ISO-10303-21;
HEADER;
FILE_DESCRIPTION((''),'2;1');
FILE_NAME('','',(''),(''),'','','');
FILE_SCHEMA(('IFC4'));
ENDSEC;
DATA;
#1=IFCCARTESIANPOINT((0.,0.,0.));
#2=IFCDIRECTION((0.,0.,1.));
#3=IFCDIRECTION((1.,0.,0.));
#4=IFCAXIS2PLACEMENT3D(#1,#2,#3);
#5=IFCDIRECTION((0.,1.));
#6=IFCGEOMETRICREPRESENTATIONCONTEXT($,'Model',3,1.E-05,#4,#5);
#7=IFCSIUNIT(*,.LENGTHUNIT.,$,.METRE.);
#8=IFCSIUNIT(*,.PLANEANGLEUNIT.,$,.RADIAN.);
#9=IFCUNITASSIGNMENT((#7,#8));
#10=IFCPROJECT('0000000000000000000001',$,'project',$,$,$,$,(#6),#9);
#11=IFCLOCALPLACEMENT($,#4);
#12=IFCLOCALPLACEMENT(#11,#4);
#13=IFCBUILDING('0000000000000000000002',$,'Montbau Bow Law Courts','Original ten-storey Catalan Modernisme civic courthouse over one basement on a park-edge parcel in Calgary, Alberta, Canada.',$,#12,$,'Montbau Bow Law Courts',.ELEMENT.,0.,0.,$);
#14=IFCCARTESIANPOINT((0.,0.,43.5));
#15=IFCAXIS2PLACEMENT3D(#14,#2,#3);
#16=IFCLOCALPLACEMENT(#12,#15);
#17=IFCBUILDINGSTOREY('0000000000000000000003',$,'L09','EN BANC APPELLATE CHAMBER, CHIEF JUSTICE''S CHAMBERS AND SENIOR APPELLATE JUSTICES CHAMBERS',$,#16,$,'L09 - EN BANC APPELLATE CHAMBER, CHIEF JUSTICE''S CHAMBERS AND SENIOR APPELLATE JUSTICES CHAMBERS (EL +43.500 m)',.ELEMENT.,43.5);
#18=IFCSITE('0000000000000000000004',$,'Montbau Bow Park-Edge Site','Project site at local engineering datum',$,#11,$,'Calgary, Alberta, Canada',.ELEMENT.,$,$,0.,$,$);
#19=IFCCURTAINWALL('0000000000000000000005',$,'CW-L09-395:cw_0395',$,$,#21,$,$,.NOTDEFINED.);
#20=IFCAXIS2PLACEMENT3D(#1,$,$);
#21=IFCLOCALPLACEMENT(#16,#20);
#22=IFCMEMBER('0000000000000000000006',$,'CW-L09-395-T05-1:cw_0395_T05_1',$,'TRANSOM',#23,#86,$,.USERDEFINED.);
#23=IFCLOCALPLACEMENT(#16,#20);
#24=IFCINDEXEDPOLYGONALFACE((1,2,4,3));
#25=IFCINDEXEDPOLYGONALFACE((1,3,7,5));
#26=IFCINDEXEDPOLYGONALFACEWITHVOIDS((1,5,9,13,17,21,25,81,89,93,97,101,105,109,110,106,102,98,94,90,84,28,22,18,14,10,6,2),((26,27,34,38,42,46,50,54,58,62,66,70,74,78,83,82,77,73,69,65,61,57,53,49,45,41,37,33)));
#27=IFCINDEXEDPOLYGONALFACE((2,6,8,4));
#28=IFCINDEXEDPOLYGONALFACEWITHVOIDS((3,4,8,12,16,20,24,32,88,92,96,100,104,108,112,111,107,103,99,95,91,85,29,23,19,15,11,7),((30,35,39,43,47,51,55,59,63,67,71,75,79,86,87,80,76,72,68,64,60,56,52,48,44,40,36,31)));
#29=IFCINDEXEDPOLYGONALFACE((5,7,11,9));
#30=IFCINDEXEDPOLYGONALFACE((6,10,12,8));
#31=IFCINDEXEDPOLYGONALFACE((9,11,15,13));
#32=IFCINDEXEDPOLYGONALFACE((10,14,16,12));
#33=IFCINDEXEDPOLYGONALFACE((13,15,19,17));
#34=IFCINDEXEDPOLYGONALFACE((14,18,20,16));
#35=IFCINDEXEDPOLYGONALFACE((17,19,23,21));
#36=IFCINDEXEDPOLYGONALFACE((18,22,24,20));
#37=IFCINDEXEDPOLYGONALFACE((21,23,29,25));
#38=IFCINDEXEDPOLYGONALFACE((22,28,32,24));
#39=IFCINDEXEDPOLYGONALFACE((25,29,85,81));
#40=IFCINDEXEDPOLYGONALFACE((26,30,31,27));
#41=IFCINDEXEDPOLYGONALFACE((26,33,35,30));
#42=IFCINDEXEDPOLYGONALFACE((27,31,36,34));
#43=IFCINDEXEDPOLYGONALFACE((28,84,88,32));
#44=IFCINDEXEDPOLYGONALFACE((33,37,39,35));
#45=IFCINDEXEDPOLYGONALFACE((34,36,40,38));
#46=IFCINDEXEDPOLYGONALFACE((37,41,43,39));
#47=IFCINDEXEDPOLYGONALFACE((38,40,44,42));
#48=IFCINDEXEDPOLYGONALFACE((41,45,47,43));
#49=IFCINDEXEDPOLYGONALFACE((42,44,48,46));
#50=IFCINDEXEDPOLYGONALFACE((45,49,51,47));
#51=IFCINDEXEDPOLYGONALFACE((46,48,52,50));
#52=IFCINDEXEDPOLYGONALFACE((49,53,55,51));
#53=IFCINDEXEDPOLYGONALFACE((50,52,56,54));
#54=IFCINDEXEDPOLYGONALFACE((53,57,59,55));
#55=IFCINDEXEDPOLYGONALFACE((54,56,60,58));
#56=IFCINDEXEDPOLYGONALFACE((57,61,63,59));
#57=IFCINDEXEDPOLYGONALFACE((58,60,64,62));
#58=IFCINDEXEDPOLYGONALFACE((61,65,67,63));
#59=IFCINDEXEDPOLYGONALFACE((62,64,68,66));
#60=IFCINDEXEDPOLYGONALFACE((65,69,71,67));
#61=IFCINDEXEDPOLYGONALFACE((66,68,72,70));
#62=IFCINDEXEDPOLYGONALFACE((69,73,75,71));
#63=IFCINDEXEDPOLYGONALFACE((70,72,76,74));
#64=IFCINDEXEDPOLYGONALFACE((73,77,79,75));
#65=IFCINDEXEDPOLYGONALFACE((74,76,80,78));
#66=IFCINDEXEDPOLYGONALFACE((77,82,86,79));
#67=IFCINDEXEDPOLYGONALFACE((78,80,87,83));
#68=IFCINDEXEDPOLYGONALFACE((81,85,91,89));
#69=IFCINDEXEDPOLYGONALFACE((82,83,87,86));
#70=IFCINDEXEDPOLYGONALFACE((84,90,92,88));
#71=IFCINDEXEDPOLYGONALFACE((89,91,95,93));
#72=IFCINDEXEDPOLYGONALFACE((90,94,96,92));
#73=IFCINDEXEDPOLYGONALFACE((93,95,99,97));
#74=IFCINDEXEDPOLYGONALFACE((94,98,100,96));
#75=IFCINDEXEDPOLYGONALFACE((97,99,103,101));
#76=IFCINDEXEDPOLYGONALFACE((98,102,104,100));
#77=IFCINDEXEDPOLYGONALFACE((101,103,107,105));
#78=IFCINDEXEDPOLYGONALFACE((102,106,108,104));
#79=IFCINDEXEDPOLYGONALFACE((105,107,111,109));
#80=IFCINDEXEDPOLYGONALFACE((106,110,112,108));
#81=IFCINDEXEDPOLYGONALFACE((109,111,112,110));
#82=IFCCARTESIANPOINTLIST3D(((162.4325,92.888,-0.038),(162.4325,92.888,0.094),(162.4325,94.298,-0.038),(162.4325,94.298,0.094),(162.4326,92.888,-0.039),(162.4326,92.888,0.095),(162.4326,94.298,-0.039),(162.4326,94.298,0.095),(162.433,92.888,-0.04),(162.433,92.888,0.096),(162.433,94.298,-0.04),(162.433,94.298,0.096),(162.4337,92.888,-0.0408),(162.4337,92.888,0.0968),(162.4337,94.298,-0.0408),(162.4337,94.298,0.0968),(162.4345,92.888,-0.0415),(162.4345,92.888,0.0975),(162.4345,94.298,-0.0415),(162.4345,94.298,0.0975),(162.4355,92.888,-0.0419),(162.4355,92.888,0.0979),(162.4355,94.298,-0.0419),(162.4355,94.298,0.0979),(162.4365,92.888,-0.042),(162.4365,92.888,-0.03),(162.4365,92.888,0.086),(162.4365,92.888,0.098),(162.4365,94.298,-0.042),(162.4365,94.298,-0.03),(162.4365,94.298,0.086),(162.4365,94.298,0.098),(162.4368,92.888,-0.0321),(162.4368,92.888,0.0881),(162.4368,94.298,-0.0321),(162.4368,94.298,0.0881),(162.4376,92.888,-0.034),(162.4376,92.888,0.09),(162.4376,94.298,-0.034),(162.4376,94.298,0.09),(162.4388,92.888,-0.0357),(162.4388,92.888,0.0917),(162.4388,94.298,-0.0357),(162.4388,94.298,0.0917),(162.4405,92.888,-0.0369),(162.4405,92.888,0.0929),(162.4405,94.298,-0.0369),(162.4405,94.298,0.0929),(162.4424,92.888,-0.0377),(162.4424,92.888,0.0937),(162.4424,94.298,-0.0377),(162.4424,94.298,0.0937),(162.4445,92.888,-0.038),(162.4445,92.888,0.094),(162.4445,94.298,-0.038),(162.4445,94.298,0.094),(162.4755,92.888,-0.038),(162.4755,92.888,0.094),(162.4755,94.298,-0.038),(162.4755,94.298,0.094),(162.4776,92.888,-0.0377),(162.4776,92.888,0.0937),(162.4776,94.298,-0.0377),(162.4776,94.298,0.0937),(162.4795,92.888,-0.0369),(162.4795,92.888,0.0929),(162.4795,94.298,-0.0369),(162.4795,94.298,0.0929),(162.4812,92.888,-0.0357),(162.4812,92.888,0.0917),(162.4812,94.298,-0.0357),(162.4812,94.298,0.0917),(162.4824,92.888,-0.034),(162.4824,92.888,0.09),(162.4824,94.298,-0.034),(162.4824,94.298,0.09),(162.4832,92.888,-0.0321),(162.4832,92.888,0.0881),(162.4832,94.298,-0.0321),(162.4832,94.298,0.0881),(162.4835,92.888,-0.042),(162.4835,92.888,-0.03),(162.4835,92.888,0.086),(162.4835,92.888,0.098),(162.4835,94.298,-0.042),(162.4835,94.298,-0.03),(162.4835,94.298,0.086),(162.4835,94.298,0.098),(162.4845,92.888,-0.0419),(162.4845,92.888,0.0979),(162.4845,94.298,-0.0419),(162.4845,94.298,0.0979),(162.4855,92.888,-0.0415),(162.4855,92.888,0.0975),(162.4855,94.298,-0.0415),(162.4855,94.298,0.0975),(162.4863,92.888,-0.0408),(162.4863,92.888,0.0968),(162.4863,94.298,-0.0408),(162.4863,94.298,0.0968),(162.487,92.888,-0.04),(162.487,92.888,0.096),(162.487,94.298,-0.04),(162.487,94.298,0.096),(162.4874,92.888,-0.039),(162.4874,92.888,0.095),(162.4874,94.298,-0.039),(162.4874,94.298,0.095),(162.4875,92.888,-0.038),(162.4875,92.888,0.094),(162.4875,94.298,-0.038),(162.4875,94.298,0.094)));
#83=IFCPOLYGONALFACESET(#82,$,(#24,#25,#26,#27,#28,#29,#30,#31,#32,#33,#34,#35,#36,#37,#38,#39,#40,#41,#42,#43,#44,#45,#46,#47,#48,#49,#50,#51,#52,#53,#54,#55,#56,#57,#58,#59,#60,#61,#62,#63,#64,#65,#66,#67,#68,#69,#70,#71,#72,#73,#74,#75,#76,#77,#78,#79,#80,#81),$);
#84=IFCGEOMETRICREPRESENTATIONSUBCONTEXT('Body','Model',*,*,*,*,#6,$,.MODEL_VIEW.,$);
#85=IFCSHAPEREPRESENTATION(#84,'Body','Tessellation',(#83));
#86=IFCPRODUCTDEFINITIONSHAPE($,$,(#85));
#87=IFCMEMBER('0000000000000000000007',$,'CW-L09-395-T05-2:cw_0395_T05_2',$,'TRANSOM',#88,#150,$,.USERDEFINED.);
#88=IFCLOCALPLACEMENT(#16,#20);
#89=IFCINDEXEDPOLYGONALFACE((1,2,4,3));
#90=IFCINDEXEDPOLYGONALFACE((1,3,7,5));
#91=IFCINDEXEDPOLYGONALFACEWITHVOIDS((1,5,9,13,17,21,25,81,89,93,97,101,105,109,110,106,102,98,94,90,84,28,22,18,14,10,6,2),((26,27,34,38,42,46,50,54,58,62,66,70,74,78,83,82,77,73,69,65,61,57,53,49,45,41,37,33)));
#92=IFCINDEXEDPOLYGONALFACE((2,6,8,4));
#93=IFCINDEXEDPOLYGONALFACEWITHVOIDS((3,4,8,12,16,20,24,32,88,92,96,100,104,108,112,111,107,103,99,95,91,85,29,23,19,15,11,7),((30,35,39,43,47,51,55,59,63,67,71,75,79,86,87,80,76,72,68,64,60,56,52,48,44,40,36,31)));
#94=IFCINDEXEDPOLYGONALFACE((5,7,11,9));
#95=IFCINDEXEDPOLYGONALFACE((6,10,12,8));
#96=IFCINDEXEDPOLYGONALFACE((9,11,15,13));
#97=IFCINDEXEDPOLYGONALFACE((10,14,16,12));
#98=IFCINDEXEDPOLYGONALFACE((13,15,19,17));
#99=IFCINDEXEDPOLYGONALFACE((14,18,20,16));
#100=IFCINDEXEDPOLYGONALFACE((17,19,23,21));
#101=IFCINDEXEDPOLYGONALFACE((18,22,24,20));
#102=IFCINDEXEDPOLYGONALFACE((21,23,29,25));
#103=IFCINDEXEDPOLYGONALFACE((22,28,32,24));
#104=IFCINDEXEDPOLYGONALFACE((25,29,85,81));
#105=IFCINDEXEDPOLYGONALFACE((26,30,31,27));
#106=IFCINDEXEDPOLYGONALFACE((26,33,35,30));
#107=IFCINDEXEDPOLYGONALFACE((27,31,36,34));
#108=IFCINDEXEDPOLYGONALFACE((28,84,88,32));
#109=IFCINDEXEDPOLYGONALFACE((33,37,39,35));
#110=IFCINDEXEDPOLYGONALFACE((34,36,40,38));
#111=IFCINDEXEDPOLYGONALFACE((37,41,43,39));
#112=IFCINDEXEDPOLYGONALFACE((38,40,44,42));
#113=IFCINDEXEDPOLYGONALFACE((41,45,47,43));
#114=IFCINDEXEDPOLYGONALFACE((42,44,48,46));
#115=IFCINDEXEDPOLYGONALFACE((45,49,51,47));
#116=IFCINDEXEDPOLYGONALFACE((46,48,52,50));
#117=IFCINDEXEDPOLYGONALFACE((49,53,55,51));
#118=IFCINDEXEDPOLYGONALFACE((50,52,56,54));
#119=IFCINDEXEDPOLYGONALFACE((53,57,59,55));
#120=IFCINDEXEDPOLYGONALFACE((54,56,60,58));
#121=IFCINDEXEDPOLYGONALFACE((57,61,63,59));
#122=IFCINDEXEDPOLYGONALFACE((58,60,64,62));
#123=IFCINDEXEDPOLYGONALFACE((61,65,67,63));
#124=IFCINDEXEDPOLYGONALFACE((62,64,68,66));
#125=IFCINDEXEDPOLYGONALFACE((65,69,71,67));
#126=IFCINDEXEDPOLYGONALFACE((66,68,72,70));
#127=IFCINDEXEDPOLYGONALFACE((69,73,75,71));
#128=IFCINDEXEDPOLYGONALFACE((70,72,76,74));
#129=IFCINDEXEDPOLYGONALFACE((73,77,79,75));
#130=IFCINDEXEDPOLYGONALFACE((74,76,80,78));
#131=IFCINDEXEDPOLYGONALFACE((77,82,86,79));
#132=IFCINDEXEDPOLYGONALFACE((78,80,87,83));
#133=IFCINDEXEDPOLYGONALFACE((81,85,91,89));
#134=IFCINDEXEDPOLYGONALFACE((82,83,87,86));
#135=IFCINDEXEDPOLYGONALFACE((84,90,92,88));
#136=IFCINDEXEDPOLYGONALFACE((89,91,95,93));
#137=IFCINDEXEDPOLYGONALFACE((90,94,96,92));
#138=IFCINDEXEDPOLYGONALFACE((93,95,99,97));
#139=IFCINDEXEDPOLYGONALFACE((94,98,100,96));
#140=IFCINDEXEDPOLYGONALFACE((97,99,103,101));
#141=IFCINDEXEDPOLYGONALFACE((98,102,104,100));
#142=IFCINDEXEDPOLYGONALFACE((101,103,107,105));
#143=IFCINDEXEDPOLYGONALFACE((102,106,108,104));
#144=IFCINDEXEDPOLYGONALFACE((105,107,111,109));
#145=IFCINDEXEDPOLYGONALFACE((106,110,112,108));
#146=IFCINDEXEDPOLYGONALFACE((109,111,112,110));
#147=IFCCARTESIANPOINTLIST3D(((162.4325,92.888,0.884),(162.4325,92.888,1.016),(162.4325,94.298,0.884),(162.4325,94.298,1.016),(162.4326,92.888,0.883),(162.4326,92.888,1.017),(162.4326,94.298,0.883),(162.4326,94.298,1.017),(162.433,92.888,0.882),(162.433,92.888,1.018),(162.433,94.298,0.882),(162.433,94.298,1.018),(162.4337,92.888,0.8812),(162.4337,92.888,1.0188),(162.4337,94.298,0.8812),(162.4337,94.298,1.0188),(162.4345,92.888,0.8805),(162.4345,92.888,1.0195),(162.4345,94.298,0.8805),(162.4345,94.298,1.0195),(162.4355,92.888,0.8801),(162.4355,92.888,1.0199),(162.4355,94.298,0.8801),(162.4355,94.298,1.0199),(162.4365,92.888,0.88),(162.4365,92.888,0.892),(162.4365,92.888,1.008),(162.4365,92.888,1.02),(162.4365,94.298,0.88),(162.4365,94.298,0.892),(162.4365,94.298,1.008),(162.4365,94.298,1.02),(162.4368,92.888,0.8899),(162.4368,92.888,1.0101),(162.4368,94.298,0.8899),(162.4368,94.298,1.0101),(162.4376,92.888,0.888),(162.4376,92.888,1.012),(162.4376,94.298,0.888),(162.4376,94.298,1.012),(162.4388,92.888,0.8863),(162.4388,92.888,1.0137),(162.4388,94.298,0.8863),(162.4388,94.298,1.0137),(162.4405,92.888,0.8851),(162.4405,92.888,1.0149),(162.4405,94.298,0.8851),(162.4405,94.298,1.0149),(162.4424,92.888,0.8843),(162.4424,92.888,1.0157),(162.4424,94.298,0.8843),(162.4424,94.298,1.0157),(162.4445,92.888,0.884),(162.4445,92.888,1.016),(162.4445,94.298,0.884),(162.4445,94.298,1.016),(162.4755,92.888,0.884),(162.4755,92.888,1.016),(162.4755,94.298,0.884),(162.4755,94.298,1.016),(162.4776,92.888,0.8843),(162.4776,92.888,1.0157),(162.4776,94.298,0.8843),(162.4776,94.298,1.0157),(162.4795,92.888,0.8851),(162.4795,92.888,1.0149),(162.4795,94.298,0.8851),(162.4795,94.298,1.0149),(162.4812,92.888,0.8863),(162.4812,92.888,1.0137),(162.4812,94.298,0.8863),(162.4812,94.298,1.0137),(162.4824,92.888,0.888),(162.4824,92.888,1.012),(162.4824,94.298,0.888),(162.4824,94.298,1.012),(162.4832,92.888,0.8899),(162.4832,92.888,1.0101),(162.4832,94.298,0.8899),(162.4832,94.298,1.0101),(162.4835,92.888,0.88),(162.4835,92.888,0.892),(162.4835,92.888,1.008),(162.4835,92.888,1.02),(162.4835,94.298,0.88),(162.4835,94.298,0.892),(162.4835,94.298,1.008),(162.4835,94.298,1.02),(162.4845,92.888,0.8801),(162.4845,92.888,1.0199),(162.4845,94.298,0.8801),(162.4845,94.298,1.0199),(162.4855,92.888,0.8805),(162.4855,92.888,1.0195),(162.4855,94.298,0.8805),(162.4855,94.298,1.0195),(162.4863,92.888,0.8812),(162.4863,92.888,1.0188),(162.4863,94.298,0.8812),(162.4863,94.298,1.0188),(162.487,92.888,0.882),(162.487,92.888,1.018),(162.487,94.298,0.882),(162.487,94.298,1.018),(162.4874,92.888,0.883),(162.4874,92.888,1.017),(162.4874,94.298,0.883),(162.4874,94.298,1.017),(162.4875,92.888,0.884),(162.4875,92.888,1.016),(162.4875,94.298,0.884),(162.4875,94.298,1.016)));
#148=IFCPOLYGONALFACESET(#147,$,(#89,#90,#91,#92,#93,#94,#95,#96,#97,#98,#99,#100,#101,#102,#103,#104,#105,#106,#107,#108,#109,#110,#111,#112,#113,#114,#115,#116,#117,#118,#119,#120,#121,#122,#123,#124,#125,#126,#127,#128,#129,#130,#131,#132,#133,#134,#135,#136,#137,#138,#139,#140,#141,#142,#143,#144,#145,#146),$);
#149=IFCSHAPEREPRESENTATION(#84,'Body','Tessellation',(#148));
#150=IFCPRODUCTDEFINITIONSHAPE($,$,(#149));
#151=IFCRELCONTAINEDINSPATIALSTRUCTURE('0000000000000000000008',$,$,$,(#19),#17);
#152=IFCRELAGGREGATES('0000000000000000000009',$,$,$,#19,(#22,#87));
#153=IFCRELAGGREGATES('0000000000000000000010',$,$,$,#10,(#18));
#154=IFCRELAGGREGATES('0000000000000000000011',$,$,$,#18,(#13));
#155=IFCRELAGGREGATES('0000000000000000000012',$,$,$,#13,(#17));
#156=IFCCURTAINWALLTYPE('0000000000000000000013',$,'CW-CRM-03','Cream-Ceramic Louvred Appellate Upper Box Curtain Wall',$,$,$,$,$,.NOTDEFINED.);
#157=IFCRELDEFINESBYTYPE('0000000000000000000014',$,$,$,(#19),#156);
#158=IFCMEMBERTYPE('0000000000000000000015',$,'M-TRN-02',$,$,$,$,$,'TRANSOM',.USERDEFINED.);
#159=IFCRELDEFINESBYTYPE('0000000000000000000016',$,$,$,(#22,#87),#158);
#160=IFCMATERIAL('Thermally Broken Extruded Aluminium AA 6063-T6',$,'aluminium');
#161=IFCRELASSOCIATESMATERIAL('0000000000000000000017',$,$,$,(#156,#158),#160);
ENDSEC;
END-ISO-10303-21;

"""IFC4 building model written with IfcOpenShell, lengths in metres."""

from ifc_helpers import new_model, si_unit, direction, frame, origin_with_axes, origin_2d_with_axis, place, context, subcontext, project, spatial, hollow_rectangle, extrude, material, material_profile, profile_set, type_object, element, aggregate, save


model = new_model("IFC4")

# Units and contexts
model_context = context("Model", 3, precision=1e-05, world=origin_with_axes(), true_north=direction((0.0, 1.0)))
body_context = subcontext(model_context, "Body", "Model", "MODEL_VIEW")
ifc_project = project(units=[si_unit("LENGTHUNIT", "METRE"), si_unit("PLANEANGLEUNIT", "RADIAN")], contexts=[model_context])

# Site, building, storey
site_placement = place(None, origin_with_axes())
site = spatial("IfcSite", under=ifc_project, at=site_placement, Name="Montbau Bow Park-Edge Site", Description="Project site at local engineering datum", LongName="Calgary, Alberta, Canada", CompositionType="ELEMENT", RefElevation=0.0)
building_placement = place(site_placement, origin_with_axes())
building = spatial("IfcBuilding", under=site, at=building_placement, Name="Montbau Bow Law Courts", Description="Original ten-storey Catalan Modernisme civic courthouse over one basement on a park-edge parcel in Calgary, Alberta, Canada.", LongName="Montbau Bow Law Courts", CompositionType="ELEMENT", ElevationOfRefHeight=0.0, ElevationOfTerrain=0.0)
storey_placement = place(building_placement, frame((0.0, 0.0, 43.5), z_axis=(0.0, 0.0, 1.0), x_axis=(1.0, 0.0, 0.0)))
storey = spatial("IfcBuildingStorey", under=building, at=storey_placement, Name="L09", Description="EN BANC APPELLATE CHAMBER, CHIEF JUSTICE'S CHAMBERS AND SENIOR APPELLATE JUSTICES CHAMBERS", LongName="L09 - EN BANC APPELLATE CHAMBER, CHIEF JUSTICE'S CHAMBERS AND SENIOR APPELLATE JUSTICES CHAMBERS (EL +43.500 m)", CompositionType="ELEMENT", Elevation=43.5)

# Curtain wall, members
ifc_material_1 = material(Name="Thermally Broken Extruded Aluminium AA 6063-T6", Category="aluminium")
curtain_wall_type = type_object("IfcCurtainWallType", Name="CW-CRM-03", Description="Cream-Ceramic Louvred Appellate Upper Box Curtain Wall", PredefinedType="NOTDEFINED", material=ifc_material_1)
curtain_wall_placement = place(None, frame((162.46, 86.84, 43.5), z_axis=(0.0, 0.0, 1.0), x_axis=(1.0, 0.0, 0.0)))
curtain_wall = element("IfcCurtainWall", 1, at=curtain_wall_placement, inside=storey, type_object=curtain_wall_type, Name="CW-L09-395:cw_0395", PredefinedType="NOTDEFINED")
ifc_material_profile_1 = material_profile(ifc_material_1, hollow_rectangle(XDim=0.055, YDim=0.14, WallThickness=0.004, InnerFilletRadius=0.008, OuterFilletRadius=0.004, at=origin_2d_with_axis()), Name="CWT-140X55", Category="Main", Priority=0)
ifc_profile_set_1 = profile_set([ifc_material_profile_1], Name="Thermally Broken Extruded Aluminium AA 6063-T6")
member_type_1 = type_object("IfcMemberType", Name="M-TRN-02", ElementType="TRANSOM", PredefinedType="USERDEFINED", material=ifc_profile_set_1)
member_1_placement = place(None, frame((162.46, 92.888, 43.528), z_axis=(0.0, 1.0, 0.0), x_axis=(-1.0, 0.0, 0.0)))
member_1 = element("IfcMember", 2, at=member_1_placement, type_object=member_type_1, Name="CW-L09-395-T05-1:cw_0395_T05_1", ObjectType="TRANSOM", PredefinedType="USERDEFINED", context=body_context, shape_type="SweptSolid", body=[
    extrude(hollow_rectangle(XDim=0.055, YDim=0.14, WallThickness=0.004, InnerFilletRadius=0.008, OuterFilletRadius=0.004, at=origin_2d_with_axis()), origin_with_axes(), (0.0, 0.0, 1.0), 1.41),
])
member_2_placement = place(None, frame((162.46, 92.888, 44.45), z_axis=(0.0, 1.0, 0.0), x_axis=(-1.0, 0.0, 0.0)))
member_2 = element("IfcMember", 3, at=member_2_placement, type_object=member_type_1, Name="CW-L09-395-T05-2:cw_0395_T05_2", ObjectType="TRANSOM", PredefinedType="USERDEFINED", context=body_context, shape_type="SweptSolid", body=[
    extrude(hollow_rectangle(XDim=0.055, YDim=0.14, WallThickness=0.004, InnerFilletRadius=0.008, OuterFilletRadius=0.004, at=origin_2d_with_axis()), origin_with_axes(), (0.0, 0.0, 1.0), 1.41),
])
aggregate(curtain_wall, [member_1, member_2])

save(model, "model.ifc")
